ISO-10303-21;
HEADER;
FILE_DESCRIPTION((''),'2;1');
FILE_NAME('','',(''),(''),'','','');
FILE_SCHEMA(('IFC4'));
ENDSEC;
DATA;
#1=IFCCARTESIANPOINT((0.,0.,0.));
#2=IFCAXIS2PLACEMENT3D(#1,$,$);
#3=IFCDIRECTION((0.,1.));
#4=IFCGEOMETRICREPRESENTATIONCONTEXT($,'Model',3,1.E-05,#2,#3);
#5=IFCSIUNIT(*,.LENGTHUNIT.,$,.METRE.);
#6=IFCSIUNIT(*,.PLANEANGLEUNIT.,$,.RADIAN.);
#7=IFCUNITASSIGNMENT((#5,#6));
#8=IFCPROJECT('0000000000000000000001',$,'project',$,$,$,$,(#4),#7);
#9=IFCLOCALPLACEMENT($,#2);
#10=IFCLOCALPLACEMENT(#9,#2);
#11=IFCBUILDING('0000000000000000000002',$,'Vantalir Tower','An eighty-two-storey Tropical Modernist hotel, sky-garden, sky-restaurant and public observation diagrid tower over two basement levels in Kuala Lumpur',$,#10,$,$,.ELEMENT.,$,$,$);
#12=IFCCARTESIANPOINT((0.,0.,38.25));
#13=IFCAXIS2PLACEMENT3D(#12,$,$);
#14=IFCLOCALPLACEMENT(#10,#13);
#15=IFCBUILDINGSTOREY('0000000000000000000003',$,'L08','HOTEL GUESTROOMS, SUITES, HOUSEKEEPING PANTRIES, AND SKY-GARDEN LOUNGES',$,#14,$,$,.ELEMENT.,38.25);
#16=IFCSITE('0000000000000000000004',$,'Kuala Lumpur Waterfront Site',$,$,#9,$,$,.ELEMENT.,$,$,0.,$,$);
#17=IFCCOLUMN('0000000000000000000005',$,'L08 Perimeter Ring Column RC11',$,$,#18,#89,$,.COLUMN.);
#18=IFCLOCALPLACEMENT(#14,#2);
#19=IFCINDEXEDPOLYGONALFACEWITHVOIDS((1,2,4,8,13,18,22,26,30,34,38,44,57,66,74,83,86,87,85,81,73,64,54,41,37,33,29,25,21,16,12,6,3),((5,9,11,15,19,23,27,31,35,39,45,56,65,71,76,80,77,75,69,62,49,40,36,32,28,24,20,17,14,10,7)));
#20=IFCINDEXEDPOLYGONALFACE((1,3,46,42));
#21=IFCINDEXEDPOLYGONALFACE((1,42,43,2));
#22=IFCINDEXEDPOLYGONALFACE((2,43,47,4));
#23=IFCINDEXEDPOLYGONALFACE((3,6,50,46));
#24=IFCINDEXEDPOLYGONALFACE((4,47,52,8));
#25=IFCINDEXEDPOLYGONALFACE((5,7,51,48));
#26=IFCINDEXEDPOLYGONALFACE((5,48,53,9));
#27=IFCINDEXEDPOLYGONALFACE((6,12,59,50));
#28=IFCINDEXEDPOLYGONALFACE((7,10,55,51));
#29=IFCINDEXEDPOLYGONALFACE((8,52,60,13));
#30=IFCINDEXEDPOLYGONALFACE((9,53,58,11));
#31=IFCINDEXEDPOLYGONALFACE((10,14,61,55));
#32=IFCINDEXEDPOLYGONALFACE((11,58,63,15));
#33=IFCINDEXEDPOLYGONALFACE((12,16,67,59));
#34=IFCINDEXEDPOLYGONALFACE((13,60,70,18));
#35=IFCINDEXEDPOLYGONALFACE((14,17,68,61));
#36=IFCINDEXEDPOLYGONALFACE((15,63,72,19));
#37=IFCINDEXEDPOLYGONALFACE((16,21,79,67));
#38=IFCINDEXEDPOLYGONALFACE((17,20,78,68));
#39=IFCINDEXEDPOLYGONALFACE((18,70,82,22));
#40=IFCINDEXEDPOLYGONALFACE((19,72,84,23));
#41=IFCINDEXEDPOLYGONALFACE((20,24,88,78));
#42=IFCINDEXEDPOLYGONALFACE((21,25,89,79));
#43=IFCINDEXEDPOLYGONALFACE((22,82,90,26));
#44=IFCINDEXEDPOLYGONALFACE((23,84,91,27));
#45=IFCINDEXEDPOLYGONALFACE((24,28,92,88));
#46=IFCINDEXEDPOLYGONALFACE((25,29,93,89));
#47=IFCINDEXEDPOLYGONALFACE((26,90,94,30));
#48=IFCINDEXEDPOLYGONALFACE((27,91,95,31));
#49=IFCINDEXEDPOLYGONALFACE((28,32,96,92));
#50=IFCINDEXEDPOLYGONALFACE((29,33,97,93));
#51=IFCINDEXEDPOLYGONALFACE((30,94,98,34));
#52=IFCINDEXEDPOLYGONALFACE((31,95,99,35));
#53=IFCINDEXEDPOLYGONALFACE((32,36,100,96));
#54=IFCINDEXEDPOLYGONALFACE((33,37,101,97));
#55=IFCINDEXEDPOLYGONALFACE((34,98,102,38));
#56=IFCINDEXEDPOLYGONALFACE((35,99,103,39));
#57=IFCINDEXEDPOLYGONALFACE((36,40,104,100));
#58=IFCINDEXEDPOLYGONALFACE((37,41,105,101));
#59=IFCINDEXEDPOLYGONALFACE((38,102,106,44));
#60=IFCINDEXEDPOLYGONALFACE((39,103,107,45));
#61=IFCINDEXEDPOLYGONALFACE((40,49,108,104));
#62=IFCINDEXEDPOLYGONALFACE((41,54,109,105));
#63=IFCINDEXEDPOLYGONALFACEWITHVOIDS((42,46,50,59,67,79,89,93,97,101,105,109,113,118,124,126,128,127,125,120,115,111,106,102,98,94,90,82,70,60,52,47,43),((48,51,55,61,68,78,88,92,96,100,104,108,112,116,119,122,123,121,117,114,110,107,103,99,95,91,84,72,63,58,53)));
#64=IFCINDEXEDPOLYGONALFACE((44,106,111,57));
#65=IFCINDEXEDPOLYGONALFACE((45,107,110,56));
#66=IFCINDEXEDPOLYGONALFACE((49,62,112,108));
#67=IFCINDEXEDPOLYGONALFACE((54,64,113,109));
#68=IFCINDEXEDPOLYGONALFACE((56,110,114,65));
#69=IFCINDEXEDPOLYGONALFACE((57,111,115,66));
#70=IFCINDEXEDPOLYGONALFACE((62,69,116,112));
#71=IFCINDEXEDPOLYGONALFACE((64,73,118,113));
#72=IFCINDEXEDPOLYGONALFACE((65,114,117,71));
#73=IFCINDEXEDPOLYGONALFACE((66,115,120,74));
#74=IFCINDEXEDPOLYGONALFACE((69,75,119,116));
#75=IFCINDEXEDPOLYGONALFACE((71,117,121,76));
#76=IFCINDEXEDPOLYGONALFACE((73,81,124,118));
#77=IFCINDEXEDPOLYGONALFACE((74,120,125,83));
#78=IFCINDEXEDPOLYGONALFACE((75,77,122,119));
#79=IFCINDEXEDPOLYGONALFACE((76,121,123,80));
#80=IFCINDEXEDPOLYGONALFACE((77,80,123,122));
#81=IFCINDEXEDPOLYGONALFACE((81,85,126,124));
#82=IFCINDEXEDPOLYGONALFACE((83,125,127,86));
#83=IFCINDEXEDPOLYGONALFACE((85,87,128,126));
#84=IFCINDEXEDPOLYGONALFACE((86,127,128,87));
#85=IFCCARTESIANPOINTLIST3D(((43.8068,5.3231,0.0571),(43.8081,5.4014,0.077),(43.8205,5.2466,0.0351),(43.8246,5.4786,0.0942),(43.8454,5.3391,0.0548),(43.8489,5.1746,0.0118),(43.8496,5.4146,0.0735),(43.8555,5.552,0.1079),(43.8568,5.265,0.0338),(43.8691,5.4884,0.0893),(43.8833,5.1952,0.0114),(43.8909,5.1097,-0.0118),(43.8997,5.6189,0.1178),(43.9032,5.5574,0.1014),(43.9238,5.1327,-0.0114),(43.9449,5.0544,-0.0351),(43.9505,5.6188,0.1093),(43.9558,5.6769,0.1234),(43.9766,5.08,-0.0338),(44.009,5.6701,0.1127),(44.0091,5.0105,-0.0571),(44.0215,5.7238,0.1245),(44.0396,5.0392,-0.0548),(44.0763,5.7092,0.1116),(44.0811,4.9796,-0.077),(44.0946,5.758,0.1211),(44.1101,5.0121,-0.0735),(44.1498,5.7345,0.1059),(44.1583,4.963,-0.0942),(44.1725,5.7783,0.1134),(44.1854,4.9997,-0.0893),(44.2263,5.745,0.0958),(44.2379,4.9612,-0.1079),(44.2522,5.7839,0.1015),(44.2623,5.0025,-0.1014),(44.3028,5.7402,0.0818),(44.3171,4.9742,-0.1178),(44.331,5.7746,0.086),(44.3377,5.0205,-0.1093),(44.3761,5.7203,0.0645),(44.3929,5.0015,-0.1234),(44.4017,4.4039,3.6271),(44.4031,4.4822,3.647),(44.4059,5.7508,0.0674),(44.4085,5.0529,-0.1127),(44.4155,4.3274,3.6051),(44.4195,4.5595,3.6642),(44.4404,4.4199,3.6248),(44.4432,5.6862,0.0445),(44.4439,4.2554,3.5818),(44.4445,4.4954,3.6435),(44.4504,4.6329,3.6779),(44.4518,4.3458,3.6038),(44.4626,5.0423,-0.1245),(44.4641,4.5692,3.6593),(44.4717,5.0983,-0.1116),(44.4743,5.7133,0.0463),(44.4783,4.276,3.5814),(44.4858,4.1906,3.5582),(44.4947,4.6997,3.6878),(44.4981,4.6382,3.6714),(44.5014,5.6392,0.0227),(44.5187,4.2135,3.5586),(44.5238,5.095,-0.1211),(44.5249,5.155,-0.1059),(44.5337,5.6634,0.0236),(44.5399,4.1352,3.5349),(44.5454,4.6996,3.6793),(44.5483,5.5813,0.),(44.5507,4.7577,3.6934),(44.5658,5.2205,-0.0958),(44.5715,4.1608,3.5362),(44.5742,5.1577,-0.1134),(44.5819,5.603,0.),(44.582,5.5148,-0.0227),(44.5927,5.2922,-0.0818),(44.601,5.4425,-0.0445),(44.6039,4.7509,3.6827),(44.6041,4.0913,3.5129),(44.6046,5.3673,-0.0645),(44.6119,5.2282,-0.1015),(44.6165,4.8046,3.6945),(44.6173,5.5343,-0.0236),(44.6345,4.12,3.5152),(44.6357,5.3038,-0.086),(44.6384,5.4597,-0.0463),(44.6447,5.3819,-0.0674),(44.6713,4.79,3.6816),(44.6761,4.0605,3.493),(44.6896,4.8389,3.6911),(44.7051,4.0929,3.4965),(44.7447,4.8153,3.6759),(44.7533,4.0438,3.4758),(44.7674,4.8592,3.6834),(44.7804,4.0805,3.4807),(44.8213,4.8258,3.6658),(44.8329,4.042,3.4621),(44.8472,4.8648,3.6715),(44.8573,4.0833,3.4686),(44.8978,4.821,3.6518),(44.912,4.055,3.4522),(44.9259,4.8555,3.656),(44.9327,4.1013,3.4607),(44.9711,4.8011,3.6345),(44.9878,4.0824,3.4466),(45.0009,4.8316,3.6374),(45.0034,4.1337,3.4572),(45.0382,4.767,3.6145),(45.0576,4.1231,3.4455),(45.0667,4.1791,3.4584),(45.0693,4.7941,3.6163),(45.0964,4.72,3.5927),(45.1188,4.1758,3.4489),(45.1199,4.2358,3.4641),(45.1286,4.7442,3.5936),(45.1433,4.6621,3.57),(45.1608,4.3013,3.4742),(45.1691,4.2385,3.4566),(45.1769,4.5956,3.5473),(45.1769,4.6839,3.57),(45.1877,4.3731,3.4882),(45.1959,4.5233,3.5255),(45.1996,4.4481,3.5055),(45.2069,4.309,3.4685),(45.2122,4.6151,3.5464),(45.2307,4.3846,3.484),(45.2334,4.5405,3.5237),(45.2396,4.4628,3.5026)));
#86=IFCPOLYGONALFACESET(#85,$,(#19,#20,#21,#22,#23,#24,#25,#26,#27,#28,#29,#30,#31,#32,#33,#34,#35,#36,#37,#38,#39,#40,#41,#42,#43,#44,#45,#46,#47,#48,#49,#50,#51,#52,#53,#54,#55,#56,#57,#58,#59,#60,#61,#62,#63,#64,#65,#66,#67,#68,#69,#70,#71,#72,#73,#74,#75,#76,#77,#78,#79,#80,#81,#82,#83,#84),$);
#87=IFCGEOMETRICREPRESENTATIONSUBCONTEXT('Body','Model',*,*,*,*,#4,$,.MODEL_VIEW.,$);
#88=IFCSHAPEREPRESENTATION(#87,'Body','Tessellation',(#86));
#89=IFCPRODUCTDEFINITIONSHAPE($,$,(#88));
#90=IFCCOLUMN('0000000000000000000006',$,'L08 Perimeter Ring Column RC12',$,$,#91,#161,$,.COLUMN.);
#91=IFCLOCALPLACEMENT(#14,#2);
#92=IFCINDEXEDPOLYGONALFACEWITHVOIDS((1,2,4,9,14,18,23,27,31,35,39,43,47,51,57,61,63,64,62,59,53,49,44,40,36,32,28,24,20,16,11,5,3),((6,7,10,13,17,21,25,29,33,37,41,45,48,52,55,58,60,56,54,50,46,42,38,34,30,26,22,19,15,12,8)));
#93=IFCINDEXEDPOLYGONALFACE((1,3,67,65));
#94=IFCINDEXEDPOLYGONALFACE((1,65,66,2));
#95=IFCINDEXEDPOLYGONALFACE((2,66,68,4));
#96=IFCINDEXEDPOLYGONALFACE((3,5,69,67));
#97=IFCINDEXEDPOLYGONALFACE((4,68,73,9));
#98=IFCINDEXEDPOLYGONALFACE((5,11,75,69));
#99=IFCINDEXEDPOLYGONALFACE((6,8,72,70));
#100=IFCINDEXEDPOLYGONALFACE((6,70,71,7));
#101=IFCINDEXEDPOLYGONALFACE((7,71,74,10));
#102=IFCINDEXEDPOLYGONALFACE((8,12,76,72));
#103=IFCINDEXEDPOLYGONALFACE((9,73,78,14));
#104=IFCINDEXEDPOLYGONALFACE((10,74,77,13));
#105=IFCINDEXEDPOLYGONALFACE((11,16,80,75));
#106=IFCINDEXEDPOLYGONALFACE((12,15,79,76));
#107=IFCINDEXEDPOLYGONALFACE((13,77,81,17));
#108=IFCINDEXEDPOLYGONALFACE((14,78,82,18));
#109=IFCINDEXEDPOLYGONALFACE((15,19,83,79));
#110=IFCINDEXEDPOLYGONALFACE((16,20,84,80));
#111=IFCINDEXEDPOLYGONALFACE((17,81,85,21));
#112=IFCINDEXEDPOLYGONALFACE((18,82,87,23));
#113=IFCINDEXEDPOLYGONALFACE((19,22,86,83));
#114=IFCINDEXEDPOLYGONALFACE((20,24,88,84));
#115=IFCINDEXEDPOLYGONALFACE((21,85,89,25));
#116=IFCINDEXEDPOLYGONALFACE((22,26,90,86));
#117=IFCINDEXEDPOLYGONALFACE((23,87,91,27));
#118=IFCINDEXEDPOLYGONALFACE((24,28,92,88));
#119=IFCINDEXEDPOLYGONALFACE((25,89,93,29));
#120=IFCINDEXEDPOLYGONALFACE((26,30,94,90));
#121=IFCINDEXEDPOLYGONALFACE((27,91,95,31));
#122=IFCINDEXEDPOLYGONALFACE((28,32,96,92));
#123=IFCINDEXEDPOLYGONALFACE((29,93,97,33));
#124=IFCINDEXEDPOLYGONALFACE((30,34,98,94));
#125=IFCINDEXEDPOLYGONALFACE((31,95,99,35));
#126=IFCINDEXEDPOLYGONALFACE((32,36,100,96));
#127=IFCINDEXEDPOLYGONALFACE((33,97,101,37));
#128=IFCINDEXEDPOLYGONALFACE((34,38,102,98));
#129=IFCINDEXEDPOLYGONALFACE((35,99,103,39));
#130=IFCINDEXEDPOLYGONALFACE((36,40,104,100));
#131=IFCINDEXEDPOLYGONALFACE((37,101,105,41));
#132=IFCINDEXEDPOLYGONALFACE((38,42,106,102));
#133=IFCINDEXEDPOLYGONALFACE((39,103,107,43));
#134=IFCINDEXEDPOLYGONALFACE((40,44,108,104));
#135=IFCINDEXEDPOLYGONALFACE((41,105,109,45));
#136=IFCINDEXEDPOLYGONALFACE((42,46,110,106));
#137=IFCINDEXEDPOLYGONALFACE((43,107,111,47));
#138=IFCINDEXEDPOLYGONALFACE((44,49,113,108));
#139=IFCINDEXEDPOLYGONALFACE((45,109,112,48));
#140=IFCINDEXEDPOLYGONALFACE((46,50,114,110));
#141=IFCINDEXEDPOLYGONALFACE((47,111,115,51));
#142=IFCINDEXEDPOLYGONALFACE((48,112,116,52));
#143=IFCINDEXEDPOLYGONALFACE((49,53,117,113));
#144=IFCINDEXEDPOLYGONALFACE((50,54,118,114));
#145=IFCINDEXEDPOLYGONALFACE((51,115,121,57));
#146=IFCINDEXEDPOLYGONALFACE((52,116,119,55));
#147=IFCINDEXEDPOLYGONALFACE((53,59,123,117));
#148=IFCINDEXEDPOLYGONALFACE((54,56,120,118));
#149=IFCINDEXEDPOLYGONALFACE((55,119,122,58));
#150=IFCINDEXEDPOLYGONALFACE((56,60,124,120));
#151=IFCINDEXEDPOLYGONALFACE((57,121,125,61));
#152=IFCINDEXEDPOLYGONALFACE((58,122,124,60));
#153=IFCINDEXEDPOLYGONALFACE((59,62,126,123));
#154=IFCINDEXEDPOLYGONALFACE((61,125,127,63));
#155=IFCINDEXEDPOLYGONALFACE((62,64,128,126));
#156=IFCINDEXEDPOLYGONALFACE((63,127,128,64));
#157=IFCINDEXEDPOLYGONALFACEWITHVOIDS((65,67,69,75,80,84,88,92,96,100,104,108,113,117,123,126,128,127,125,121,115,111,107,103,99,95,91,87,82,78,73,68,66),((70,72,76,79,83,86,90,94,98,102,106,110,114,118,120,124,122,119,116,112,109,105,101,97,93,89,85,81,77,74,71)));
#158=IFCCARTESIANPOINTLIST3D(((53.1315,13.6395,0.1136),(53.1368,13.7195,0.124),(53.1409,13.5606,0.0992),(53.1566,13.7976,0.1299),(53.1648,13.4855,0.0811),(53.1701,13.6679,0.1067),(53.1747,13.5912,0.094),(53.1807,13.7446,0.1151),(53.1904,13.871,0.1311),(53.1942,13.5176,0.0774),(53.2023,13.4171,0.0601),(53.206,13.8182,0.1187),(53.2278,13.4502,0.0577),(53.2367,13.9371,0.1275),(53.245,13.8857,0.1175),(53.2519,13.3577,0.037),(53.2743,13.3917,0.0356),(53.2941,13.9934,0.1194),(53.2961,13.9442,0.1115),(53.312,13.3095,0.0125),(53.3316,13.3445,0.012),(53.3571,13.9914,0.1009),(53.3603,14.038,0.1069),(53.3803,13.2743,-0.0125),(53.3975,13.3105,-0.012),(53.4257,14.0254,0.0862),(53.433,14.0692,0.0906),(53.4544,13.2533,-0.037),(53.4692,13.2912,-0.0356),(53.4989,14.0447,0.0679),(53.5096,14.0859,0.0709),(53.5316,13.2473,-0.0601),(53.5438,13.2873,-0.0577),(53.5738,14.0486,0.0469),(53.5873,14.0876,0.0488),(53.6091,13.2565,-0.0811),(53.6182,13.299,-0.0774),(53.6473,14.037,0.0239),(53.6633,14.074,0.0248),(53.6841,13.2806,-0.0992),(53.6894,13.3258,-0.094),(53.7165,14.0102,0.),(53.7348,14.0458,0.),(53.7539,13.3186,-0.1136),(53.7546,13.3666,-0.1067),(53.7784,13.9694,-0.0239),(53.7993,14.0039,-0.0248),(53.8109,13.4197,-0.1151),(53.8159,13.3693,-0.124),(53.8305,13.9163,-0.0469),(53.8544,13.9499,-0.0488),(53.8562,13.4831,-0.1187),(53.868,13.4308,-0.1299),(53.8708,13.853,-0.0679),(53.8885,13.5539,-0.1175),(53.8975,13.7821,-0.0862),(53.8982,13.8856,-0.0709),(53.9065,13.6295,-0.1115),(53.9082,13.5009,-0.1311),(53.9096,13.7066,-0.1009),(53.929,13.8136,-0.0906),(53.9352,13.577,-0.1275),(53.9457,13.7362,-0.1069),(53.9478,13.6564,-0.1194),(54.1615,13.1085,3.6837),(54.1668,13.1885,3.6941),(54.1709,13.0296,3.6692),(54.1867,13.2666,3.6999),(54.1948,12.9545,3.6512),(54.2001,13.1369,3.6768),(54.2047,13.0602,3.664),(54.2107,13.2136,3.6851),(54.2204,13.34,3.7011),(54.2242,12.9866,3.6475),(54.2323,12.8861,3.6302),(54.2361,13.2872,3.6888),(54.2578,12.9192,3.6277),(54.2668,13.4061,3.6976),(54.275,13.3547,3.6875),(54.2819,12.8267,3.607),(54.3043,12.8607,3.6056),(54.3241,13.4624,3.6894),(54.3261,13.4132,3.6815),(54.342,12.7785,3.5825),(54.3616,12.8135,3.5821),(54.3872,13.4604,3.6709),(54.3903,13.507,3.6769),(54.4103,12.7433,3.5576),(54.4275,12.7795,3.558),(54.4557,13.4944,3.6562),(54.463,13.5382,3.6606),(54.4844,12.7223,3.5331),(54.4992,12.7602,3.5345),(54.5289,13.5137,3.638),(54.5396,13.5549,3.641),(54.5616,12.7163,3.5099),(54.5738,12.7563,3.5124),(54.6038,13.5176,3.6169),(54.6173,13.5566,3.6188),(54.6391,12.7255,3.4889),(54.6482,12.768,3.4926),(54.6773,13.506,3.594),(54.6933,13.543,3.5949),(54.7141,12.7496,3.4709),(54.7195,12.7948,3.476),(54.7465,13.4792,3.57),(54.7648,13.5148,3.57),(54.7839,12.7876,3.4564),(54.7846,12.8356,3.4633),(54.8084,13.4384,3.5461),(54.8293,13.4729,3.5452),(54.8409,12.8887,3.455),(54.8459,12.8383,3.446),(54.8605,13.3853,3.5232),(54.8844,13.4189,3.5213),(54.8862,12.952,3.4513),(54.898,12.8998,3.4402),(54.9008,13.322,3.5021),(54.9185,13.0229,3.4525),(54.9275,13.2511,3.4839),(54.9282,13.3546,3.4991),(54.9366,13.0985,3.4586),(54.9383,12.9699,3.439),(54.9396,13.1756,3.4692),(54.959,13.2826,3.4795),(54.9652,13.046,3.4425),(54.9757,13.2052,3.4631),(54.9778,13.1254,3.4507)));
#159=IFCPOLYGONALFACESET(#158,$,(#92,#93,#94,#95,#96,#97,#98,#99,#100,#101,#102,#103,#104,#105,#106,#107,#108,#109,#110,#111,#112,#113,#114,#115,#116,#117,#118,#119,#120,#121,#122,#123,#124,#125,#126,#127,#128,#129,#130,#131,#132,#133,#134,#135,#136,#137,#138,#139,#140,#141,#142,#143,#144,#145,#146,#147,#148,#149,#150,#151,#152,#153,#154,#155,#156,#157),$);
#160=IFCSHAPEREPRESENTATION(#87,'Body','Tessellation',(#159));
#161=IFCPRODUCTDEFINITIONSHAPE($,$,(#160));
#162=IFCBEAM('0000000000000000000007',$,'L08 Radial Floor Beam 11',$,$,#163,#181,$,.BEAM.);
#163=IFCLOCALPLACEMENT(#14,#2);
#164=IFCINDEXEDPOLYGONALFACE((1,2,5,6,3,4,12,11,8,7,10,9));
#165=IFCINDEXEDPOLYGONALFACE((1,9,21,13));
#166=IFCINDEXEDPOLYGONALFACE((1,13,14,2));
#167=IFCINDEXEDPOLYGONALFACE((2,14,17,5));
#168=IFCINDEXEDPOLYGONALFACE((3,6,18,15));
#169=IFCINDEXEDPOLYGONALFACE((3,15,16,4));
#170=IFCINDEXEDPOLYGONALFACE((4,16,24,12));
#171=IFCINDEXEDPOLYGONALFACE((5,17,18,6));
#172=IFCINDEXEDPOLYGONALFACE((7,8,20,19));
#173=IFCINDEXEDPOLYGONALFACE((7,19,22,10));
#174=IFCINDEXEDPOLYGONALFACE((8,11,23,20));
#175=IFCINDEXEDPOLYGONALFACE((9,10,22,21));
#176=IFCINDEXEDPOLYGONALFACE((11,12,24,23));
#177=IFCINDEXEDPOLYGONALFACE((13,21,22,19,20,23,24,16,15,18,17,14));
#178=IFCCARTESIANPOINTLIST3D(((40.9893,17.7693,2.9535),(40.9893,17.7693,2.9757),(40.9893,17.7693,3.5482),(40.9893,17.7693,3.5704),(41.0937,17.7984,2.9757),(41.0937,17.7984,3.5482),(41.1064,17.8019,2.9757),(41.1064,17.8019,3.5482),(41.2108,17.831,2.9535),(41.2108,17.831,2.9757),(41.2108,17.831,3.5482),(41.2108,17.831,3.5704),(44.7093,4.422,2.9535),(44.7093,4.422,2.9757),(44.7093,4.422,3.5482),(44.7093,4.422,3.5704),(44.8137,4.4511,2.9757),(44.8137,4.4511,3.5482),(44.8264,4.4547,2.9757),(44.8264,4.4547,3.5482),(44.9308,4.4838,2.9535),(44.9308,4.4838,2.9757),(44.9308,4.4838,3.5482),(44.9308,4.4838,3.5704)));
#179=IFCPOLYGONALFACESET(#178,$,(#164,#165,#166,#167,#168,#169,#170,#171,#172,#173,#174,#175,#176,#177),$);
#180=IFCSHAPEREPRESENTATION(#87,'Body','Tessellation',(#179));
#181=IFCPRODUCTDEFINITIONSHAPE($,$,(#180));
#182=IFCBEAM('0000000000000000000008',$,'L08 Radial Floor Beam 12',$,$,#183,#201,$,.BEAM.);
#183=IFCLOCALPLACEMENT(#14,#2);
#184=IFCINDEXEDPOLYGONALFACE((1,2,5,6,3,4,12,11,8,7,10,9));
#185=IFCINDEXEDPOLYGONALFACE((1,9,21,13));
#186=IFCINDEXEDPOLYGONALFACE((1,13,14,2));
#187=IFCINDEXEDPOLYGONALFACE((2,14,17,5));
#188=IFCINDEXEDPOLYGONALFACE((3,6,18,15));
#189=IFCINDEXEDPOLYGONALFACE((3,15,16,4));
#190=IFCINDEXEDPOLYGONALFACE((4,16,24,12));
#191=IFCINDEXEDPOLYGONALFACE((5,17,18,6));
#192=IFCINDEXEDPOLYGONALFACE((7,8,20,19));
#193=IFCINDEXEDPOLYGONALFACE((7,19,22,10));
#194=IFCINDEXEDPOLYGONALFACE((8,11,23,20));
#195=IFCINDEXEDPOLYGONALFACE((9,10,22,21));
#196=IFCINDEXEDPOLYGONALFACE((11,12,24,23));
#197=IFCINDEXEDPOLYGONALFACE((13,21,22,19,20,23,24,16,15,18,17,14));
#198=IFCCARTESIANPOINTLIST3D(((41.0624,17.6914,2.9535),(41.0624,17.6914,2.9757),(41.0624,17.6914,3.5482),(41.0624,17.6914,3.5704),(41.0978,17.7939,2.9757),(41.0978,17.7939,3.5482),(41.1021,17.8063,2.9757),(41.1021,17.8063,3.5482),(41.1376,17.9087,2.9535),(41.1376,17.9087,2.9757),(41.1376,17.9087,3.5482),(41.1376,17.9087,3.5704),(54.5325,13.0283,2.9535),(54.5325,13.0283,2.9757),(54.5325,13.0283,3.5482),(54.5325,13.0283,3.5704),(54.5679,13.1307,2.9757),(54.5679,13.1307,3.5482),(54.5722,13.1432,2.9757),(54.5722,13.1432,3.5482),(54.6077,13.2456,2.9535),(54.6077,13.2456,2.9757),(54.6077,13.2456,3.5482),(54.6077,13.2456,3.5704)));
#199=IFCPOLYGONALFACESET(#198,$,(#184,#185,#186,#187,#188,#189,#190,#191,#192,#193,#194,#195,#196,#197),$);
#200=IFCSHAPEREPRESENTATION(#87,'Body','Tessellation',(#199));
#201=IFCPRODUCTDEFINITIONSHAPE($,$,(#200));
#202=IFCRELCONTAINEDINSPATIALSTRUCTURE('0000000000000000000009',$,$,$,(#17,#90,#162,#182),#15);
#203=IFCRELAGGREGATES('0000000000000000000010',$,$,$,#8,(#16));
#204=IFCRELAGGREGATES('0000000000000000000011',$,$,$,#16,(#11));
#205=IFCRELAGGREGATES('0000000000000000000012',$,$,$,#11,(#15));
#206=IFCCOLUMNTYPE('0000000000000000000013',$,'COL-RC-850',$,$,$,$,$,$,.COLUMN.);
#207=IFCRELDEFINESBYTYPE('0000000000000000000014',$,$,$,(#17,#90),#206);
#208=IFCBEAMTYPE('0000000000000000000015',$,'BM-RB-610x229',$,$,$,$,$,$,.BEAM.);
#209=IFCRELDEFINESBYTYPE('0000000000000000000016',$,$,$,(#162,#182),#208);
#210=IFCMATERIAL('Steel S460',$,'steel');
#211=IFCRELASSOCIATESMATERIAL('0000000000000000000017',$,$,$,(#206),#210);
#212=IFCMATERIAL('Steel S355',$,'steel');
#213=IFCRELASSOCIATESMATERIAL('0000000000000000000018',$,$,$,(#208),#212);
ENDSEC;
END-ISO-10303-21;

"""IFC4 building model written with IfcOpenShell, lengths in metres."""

from ifc_helpers import new_model, si_unit, direction, frame, origin, origin_2d, place, context, subcontext, project, spatial, hollow_circle, i_section, extrude, material, material_profile, profile_set, type_object, element, save


model = new_model("IFC4")

# Units and contexts
model_context = context("Model", 3, precision=1e-05, world=origin(), true_north=direction((0.0, 1.0)))
body_context = subcontext(model_context, "Body", "Model", "MODEL_VIEW")
ifc_project = project(units=[si_unit("LENGTHUNIT", "METRE"), si_unit("PLANEANGLEUNIT", "RADIAN")], contexts=[model_context])

# Site, building, storey
site_placement = place(None, origin())
site = spatial("IfcSite", under=ifc_project, at=site_placement, Name="Kuala Lumpur Waterfront Site", CompositionType="ELEMENT", RefElevation=0.0)
building_placement = place(site_placement, origin())
building = spatial("IfcBuilding", under=site, at=building_placement, Name="Vantalir Tower", Description="An eighty-two-storey Tropical Modernist hotel, sky-garden, sky-restaurant and public observation diagrid tower over two basement levels in Kuala Lumpur", CompositionType="ELEMENT")
storey_placement = place(building_placement, frame((0.0, 0.0, 38.25)))
storey = spatial("IfcBuildingStorey", under=building, at=storey_placement, Name="L08", Description="HOTEL GUESTROOMS, SUITES, HOUSEKEEPING PANTRIES, AND SKY-GARDEN LOUNGES", CompositionType="ELEMENT", Elevation=38.25)

# Columns
ifc_material_1 = material(Name="Steel S460", Category="steel")
ifc_material_profile_1 = material_profile(ifc_material_1, hollow_circle(Radius=0.425, WallThickness=0.04, at=origin_2d()), Name="Steel S460")
ifc_profile_set_1 = profile_set([ifc_material_profile_1], Name="Steel S460")
column_type = type_object("IfcColumnType", Name="COL-RC-850", PredefinedType="COLUMN", material=ifc_profile_set_1)
column_1_placement = place(storey_placement, frame((44.2251, 5.3721, 0.0), z_axis=(0.15933, -0.246154, 0.956045), x_axis=(0.839486, 0.543381, 0.0)))
element("IfcColumn", 1, at=column_1_placement, inside=storey, type_object=column_type, Name="L08 Perimeter Ring Column RC11", PredefinedType="COLUMN", context=body_context, shape_type="SweptSolid", body=[
    extrude(hollow_circle(Radius=0.425, WallThickness=0.04, at=origin_2d()), origin(), (0.0, 0.0, 1.0), 3.7341),
])
column_2_placement = place(storey_placement, frame((53.54, 13.668, 0.0), z_axis=(0.274423, -0.141472, 0.951146), x_axis=(0.458219, 0.888839, 0.0)))
element("IfcColumn", 2, at=column_2_placement, inside=storey, type_object=column_type, Name="L08 Perimeter Ring Column RC12", PredefinedType="COLUMN", context=body_context, shape_type="SweptSolid", body=[
    extrude(hollow_circle(Radius=0.425, WallThickness=0.04, at=origin_2d()), origin(), (0.0, 0.0, 1.0), 3.7534),
])

# Beams
ifc_material_2 = material(Name="Steel S355", Category="steel")
ifc_material_profile_2 = material_profile(ifc_material_2, i_section(OverallWidth=0.23, OverallDepth=0.6169, WebThickness=0.0132, FlangeThickness=0.0222, at=origin_2d()), Name="Steel S355")
ifc_profile_set_2 = profile_set([ifc_material_profile_2], Name="Steel S355")
beam_type_1 = type_object("IfcBeamType", Name="BM-RB-610x229", PredefinedType="BEAM", material=ifc_profile_set_2)
beam_1_placement = place(storey_placement, frame((44.8201, 4.4529, 3.262), z_axis=(-0.268476, 0.963286, 0.0), x_axis=(-0.963286, -0.268476, 0.0)))
element("IfcBeam", 3, at=beam_1_placement, inside=storey, type_object=beam_type_1, Name="L08 Radial Floor Beam 11", PredefinedType="BEAM", context=body_context, shape_type="SweptSolid", body=[
    extrude(i_section(OverallWidth=0.23, OverallDepth=0.6169, WebThickness=0.0132, FlangeThickness=0.0222, at=origin_2d()), origin(), (0.0, 0.0, 1.0), 13.856),
])
beam_2_placement = place(storey_placement, frame((54.5701, 13.137, 3.262), z_axis=(-0.944977, 0.327136, 0.0), x_axis=(-0.327136, -0.944977, 0.0)))
element("IfcBeam", 4, at=beam_2_placement, inside=storey, type_object=beam_type_1, Name="L08 Radial Floor Beam 12", PredefinedType="BEAM", context=body_context, shape_type="SweptSolid", body=[
    extrude(i_section(OverallWidth=0.23, OverallDepth=0.6169, WebThickness=0.0132, FlangeThickness=0.0222, at=origin_2d()), origin(), (0.0, 0.0, 1.0), 14.2544),
])

save(model, "model.ifc")
